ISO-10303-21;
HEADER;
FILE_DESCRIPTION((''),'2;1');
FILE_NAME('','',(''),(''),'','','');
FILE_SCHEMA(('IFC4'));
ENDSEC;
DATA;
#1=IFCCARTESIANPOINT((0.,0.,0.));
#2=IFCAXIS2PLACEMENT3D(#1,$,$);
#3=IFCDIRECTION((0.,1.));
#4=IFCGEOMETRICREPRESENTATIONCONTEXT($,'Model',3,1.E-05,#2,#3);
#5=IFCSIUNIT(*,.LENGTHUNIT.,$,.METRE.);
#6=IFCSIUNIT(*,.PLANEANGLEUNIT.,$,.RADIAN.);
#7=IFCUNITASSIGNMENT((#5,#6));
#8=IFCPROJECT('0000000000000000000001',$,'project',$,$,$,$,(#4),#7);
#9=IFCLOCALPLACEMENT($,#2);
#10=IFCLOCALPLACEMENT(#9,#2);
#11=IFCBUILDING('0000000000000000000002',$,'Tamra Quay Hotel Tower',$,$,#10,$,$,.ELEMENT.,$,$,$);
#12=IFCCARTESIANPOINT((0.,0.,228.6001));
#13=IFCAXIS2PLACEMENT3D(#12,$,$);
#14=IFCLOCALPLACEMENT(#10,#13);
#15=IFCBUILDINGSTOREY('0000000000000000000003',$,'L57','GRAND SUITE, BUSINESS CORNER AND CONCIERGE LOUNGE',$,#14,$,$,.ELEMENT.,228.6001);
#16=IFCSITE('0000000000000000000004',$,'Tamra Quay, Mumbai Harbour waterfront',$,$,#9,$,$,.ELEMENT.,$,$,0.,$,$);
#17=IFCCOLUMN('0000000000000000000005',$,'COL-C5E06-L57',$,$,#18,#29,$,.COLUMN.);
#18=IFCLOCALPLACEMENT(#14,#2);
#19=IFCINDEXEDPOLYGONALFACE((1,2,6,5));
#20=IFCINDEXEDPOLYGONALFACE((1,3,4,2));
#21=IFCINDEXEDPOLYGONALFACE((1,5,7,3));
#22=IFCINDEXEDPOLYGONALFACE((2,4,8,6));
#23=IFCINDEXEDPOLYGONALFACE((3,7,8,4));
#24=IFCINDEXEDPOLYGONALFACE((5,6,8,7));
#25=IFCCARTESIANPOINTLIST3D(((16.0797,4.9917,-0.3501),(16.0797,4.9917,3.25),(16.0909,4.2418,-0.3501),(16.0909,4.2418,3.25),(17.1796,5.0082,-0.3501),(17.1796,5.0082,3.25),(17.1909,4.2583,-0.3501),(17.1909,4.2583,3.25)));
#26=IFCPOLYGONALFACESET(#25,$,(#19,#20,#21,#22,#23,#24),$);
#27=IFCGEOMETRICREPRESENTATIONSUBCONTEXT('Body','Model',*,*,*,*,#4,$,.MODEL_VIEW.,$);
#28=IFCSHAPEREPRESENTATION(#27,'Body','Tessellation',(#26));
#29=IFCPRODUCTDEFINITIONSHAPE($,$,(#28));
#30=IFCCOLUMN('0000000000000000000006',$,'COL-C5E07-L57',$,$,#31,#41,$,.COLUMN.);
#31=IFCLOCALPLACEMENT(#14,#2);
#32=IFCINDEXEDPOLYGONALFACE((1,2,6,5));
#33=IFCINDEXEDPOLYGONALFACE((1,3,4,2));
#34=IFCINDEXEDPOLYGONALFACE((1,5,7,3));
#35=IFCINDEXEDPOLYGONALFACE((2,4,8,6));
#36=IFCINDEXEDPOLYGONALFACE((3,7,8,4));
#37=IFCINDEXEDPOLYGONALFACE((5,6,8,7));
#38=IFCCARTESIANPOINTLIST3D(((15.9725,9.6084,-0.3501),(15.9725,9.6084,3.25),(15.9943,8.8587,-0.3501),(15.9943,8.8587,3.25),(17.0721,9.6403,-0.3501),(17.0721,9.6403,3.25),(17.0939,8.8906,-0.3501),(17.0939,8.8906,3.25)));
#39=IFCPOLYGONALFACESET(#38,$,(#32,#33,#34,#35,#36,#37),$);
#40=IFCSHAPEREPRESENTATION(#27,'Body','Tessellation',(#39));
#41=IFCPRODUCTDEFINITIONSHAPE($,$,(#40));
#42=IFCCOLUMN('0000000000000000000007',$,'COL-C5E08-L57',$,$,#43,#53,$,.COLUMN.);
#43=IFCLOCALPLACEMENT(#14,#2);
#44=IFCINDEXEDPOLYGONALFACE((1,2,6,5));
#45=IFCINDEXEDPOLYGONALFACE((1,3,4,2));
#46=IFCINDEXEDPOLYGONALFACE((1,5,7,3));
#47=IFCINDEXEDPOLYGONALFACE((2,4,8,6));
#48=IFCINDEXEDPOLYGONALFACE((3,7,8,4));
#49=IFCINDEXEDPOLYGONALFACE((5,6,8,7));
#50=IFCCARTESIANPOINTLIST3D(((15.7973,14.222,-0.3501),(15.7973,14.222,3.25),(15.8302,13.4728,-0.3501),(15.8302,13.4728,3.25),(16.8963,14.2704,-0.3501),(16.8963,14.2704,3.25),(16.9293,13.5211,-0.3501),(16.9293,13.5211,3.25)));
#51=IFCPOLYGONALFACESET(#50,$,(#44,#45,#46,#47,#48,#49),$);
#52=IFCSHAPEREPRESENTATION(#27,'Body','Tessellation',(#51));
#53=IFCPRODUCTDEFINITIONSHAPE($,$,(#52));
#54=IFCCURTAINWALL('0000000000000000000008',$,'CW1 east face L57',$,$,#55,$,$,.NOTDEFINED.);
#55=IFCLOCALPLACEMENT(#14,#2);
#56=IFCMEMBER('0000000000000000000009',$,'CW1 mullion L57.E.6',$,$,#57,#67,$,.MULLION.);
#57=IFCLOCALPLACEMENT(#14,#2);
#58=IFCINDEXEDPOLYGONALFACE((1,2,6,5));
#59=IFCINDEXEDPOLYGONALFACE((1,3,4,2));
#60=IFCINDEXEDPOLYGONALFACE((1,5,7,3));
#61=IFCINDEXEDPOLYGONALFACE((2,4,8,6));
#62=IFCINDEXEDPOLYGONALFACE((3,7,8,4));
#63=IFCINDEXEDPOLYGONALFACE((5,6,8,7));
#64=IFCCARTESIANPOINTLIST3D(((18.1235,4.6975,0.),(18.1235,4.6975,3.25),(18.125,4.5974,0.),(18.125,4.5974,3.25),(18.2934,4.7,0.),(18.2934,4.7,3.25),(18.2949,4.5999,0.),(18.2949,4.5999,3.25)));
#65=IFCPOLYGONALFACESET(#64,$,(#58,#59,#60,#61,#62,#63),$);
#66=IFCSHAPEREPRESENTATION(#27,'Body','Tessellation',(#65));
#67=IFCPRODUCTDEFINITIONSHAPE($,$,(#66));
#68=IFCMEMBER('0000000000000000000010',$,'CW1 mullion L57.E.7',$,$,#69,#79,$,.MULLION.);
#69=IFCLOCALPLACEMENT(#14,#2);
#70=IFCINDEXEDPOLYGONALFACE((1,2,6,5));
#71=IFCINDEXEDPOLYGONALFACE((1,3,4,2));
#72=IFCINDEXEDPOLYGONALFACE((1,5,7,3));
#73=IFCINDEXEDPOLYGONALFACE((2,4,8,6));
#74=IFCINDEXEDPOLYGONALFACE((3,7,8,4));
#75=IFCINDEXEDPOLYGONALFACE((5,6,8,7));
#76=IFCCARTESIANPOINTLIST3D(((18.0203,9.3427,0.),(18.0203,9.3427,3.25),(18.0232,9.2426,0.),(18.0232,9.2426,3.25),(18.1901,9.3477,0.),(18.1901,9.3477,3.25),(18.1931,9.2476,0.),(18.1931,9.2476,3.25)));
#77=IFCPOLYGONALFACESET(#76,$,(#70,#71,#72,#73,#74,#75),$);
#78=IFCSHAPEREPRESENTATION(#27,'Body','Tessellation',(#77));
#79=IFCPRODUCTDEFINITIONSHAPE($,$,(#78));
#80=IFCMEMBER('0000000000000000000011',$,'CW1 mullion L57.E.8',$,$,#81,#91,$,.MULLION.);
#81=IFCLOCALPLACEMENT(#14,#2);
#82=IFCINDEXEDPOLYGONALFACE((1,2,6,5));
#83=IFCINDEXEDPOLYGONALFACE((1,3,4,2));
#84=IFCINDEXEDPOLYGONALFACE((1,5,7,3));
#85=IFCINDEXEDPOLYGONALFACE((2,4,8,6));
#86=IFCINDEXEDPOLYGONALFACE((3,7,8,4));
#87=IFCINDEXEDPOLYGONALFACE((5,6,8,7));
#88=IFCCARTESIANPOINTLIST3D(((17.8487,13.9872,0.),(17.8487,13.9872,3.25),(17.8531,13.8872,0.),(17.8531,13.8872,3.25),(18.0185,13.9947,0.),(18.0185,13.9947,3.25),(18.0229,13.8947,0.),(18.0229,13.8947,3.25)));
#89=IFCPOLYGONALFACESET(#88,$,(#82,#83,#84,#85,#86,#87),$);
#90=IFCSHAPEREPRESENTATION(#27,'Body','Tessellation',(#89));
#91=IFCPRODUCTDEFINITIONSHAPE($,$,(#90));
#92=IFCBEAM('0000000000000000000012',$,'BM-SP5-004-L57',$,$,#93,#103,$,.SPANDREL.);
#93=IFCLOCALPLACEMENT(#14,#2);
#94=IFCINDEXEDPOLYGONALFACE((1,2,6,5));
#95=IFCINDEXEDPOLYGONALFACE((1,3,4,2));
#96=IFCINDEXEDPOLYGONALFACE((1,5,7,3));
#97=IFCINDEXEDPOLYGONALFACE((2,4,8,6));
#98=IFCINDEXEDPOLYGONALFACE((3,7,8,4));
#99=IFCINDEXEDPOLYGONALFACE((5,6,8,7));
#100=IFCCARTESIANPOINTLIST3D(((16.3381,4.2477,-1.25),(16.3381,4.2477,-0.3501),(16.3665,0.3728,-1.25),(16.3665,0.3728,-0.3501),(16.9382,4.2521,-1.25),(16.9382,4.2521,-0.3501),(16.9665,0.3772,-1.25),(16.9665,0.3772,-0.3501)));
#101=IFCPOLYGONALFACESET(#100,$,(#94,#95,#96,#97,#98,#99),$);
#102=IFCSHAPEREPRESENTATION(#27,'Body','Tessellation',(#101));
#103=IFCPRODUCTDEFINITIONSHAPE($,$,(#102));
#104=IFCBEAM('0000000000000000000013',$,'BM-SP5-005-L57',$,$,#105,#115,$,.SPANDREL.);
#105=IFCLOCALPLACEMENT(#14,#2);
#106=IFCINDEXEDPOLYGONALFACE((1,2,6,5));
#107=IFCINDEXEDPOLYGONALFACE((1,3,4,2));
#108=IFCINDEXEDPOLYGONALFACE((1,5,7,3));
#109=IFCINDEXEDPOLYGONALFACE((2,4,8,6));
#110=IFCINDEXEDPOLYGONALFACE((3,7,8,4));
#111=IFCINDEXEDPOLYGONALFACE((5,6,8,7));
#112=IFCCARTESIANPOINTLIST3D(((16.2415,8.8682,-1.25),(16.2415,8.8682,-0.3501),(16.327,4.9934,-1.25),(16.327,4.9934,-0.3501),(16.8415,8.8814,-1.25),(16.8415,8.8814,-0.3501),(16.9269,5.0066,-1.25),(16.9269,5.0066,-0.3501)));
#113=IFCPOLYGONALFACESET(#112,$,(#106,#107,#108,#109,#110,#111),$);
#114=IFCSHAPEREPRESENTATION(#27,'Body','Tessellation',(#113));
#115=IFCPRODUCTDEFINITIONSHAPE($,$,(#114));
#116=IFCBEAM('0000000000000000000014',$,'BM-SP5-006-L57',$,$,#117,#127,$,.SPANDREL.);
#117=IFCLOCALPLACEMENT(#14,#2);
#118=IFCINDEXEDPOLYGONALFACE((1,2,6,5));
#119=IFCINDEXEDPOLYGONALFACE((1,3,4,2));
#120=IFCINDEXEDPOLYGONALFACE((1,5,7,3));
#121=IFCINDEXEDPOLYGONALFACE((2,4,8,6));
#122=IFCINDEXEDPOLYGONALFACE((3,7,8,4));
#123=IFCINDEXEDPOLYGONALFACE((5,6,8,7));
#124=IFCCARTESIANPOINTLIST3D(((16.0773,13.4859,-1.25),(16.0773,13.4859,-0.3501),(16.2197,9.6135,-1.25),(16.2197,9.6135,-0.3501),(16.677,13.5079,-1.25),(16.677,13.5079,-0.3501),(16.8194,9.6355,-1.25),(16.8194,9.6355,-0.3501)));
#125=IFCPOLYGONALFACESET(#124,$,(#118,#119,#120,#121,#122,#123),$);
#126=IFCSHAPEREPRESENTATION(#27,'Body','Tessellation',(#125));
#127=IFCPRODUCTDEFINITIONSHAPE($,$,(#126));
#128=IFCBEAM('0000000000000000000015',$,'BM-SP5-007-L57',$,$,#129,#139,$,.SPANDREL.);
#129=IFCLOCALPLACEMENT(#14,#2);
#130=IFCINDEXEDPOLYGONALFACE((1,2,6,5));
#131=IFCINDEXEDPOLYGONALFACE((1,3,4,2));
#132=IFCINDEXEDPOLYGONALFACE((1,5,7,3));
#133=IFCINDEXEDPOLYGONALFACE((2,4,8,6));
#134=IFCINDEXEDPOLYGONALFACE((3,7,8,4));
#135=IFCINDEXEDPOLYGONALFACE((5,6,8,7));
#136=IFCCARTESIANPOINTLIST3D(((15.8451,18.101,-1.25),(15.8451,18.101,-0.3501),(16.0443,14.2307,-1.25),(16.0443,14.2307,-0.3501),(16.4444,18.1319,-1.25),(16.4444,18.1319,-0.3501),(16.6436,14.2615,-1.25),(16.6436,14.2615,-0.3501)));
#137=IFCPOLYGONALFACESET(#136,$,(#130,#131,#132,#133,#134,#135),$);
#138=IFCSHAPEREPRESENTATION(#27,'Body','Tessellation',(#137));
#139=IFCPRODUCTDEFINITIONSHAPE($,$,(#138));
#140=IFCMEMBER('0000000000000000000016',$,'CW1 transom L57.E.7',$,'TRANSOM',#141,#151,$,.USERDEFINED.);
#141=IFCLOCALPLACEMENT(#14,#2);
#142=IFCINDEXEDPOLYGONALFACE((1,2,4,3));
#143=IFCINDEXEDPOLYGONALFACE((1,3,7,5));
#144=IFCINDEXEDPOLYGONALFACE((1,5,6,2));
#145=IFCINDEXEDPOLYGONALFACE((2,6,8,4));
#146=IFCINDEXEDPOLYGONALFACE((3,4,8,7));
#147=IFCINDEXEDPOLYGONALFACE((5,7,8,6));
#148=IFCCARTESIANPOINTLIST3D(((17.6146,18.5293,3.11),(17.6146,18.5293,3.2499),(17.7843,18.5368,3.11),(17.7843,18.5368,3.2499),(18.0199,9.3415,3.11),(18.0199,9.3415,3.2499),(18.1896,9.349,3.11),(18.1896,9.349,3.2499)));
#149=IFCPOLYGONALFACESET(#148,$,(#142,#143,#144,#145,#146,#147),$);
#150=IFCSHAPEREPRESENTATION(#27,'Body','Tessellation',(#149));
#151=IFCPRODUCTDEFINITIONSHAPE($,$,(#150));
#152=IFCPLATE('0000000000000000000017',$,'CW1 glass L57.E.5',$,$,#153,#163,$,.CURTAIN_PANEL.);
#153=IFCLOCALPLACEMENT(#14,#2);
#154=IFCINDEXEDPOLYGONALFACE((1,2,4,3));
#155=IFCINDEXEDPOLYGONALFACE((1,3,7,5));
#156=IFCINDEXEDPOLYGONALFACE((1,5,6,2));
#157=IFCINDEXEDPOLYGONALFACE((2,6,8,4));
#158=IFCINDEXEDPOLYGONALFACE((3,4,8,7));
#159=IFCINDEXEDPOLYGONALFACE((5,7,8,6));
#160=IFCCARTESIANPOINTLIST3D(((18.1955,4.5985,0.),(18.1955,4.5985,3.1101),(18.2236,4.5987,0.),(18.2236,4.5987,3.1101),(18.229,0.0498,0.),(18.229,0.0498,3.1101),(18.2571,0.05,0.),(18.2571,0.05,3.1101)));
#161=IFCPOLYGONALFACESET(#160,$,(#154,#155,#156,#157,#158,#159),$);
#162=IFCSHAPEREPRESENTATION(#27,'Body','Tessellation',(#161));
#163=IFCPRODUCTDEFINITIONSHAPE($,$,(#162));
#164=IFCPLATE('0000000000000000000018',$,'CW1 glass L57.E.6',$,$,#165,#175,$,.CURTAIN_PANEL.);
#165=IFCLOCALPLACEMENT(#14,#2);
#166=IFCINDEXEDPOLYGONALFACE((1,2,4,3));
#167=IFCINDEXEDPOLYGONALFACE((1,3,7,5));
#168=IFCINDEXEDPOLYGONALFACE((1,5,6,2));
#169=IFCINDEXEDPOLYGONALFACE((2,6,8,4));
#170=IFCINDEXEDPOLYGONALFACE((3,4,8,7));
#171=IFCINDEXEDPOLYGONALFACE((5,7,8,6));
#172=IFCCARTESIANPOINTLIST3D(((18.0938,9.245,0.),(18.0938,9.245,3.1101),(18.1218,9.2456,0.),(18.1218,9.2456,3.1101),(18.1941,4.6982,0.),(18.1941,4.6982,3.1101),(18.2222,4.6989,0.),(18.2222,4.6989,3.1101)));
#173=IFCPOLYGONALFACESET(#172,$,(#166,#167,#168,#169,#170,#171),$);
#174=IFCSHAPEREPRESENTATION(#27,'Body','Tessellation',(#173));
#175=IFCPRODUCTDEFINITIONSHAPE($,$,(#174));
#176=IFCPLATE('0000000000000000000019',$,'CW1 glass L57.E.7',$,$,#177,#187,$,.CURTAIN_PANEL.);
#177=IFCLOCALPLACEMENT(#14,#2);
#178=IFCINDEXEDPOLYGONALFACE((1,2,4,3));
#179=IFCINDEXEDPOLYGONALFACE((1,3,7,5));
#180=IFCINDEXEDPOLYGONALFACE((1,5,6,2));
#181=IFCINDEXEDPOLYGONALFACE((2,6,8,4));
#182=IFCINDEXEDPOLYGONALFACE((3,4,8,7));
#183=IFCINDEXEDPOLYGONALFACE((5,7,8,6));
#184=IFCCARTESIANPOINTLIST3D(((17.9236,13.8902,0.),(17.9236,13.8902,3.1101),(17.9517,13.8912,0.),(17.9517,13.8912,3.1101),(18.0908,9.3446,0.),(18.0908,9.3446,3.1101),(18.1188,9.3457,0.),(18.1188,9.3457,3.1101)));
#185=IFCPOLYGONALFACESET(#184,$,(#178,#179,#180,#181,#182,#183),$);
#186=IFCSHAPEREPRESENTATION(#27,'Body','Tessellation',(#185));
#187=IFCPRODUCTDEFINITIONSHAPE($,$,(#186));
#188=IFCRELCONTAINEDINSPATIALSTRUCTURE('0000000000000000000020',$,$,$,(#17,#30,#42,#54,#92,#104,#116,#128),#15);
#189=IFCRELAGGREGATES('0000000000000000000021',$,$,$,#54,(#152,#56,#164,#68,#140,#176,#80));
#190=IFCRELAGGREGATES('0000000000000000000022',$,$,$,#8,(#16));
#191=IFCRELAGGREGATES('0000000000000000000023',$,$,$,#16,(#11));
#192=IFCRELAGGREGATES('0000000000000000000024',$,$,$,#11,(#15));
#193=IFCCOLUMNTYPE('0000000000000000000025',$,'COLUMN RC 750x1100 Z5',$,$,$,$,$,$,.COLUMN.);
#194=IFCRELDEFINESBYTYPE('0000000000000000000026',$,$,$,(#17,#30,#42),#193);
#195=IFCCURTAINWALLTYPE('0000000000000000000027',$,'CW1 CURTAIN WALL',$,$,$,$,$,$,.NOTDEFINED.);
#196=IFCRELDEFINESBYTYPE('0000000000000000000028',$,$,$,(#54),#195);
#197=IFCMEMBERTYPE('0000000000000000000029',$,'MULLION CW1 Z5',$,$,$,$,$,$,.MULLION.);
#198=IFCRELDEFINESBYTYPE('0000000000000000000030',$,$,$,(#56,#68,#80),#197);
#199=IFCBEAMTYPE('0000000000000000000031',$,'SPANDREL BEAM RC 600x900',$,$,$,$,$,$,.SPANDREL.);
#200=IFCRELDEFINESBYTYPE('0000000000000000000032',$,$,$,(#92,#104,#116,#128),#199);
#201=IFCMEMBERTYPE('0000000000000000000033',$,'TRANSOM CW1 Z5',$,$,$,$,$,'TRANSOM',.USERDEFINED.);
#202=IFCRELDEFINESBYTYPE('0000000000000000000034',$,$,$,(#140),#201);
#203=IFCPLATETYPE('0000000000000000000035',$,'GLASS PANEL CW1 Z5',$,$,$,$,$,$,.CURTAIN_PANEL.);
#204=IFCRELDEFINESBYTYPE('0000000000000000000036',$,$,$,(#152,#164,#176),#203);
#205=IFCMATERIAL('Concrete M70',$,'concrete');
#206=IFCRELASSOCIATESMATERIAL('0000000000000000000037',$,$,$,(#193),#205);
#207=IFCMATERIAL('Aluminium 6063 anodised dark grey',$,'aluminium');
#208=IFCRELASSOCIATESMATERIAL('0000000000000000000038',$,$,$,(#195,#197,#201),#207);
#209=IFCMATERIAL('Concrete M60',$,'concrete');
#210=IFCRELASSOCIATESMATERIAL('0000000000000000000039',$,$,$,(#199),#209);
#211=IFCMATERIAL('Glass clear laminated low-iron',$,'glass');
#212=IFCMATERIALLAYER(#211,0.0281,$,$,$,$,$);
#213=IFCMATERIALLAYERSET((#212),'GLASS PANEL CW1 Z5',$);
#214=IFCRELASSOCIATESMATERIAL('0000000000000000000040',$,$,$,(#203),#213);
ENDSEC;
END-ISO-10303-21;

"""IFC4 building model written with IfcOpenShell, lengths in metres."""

from ifc_helpers import new_model, si_unit, direction, frame, origin, origin_2d, place, context, subcontext, project, spatial, rectangle, extrude, material, layer, layer_set, material_profile, profile_set, type_object, element, aggregate, save


model = new_model("IFC4")

# Units and contexts
model_context = context("Model", 3, precision=1e-05, world=origin(), true_north=direction((0.0, 1.0)))
body_context = subcontext(model_context, "Body", "Model", "MODEL_VIEW")
ifc_project = project(units=[si_unit("LENGTHUNIT", "METRE"), si_unit("PLANEANGLEUNIT", "RADIAN")], contexts=[model_context])

# Site, building, storey
site_placement = place(None, origin())
site = spatial("IfcSite", under=ifc_project, at=site_placement, Name="Tamra Quay, Mumbai Harbour waterfront", CompositionType="ELEMENT", RefElevation=0.0)
building_placement = place(site_placement, origin())
building = spatial("IfcBuilding", under=site, at=building_placement, Name="Tamra Quay Hotel Tower", CompositionType="ELEMENT")
storey_placement = place(building_placement, frame((0.0, 0.0, 228.6001)))
storey = spatial("IfcBuildingStorey", under=building, at=storey_placement, Name="L57", Description="GRAND SUITE, BUSINESS CORNER AND CONCIERGE LOUNGE", CompositionType="ELEMENT", Elevation=228.6001)

# Columns
ifc_material_1 = material(Name="Concrete M70", Category="concrete")
ifc_material_profile_1 = material_profile(ifc_material_1, rectangle(XDim=1.1001, YDim=0.75, at=origin_2d()), Name="COLUMN RC 750x1100 Z5")
ifc_profile_set_1 = profile_set([ifc_material_profile_1], Name="Concrete M70")
column_type = type_object("IfcColumnType", Name="COLUMN RC 750x1100 Z5", PredefinedType="COLUMN", material=ifc_profile_set_1)
for number, where, z_axis, x_axis, name in (
    (1, (16.6353, 4.625, -0.3501), (0.0, 0.0, 1.0), (0.999888, 0.014959, 0.0), "COL-C5E06-L57"),
    (2, (16.5332, 9.2495, -0.3501), (0.0, 0.0, 1.0), (0.999579, 0.029028, 0.0), "COL-C5E07-L57"),
    (3, (16.3633, 13.8716, -0.3501), (0.0, 0.0, 1.0), (0.999033, 0.043958, 0.0), "COL-C5E08-L57"),
):
    element("IfcColumn", number, at=place(storey_placement, frame(where, z_axis=z_axis, x_axis=x_axis)), inside=storey, type_object=column_type, Name=name, PredefinedType="COLUMN", context=body_context, shape_type="SweptSolid", body=[
        extrude(rectangle(XDim=1.1001, YDim=0.75, at=origin_2d()), origin(), (0.0, 0.0, 1.0), 3.6001),
    ])

# Curtain wall, members
ifc_material_2 = material(Name="Aluminium 6063 anodised dark grey", Category="aluminium")
curtain_wall_type = type_object("IfcCurtainWallType", Name="CW1 CURTAIN WALL", PredefinedType="NOTDEFINED", material=ifc_material_2)
curtain_wall_placement = place(storey_placement, origin())
curtain_wall = element("IfcCurtainWall", 4, at=curtain_wall_placement, inside=storey, type_object=curtain_wall_type, Name="CW1 east face L57", PredefinedType="NOTDEFINED")
ifc_material_profile_2 = material_profile(ifc_material_2, rectangle(XDim=0.1699, YDim=0.1001, at=origin_2d()), Name="MULLION 100X170")
ifc_profile_set_2 = profile_set([ifc_material_profile_2], Name="Aluminium 6063 anodised dark grey")
member_type_1 = type_object("IfcMemberType", Name="MULLION CW1 Z5", PredefinedType="MULLION", material=ifc_profile_set_2)
member_1_placement = place(storey_placement, frame((18.2092, 4.6487, 0.0), z_axis=(0.0, 0.0, 1.0), x_axis=(0.999892, 0.014713, 0.0)))
member_1 = element("IfcMember", 5, at=member_1_placement, type_object=member_type_1, Name="CW1 mullion L57.E.6", PredefinedType="MULLION", context=body_context, shape_type="SweptSolid", body=[
    extrude(rectangle(XDim=0.1699, YDim=0.1001, at=origin_2d()), origin(), (0.0, 0.0, 1.0), 3.25),
])
member_2_placement = place(storey_placement, frame((18.1067, 9.2952, 0.0), z_axis=(0.0, 0.0, 1.0), x_axis=(0.999568, 0.029405, 0.0)))
member_2 = element("IfcMember", 6, at=member_2_placement, type_object=member_type_1, Name="CW1 mullion L57.E.7", PredefinedType="MULLION", context=body_context, shape_type="SweptSolid", body=[
    extrude(rectangle(XDim=0.1699, YDim=0.1001, at=origin_2d()), origin(), (0.0, 0.0, 1.0), 3.25),
])
member_3_placement = place(storey_placement, frame((17.9358, 13.9409, 0.0), z_axis=(0.0, 0.0, 1.0), x_axis=(0.999028, 0.044075, 0.0)))
member_3 = element("IfcMember", 7, at=member_3_placement, type_object=member_type_1, Name="CW1 mullion L57.E.8", PredefinedType="MULLION", context=body_context, shape_type="SweptSolid", body=[
    extrude(rectangle(XDim=0.1699, YDim=0.1001, at=origin_2d()), origin(), (0.0, 0.0, 1.0), 3.25),
])

# Beams
ifc_material_3 = material(Name="Concrete M60", Category="concrete")
ifc_material_profile_3 = material_profile(ifc_material_3, rectangle(XDim=0.6001, YDim=0.8999, at=origin_2d()), Name="SPANDREL BEAM RC 600x900")
ifc_profile_set_3 = profile_set([ifc_material_profile_3], Name="Concrete M60")
beam_type = type_object("IfcBeamType", Name="SPANDREL BEAM RC 600x900", PredefinedType="SPANDREL", material=ifc_profile_set_3)
beam_1_placement = place(storey_placement, frame((16.6665, 0.375, -0.8), z_axis=(-0.007308, 0.999973, 0.0), x_axis=(-0.999973, -0.007308, 0.0)))
element("IfcBeam", 8, at=beam_1_placement, inside=storey, type_object=beam_type, Name="BM-SP5-004-L57", PredefinedType="SPANDREL", context=body_context, shape_type="SweptSolid", body=[
    extrude(rectangle(XDim=0.6001, YDim=0.8999, at=origin_2d()), origin(), (0.0, 0.0, 1.0), 3.875),
])
beam_2_placement = place(storey_placement, frame((16.627, 5.0, -0.8), z_axis=(-0.022047, 0.999757, 0.0), x_axis=(-0.999757, -0.022047, 0.0)))
element("IfcBeam", 9, at=beam_2_placement, inside=storey, type_object=beam_type, Name="BM-SP5-005-L57", PredefinedType="SPANDREL", context=body_context, shape_type="SweptSolid", body=[
    extrude(rectangle(XDim=0.6001, YDim=0.8999, at=origin_2d()), origin(), (0.0, 0.0, 1.0), 3.8757),
])
beam_3_placement = place(storey_placement, frame((16.5195, 9.6245, -0.8), z_axis=(-0.036732, 0.999325, 0.0), x_axis=(-0.999325, -0.036732, 0.0)))
element("IfcBeam", 10, at=beam_3_placement, inside=storey, type_object=beam_type, Name="BM-SP5-006-L57", PredefinedType="SPANDREL", context=body_context, shape_type="SweptSolid", body=[
    extrude(rectangle(XDim=0.6001, YDim=0.8999, at=origin_2d()), origin(), (0.0, 0.0, 1.0), 3.875),
])
beam_4_placement = place(storey_placement, frame((16.344, 14.2461, -0.8), z_axis=(-0.051405, 0.998678, 0.0), x_axis=(-0.998678, -0.051405, 0.0)))
element("IfcBeam", 11, at=beam_4_placement, inside=storey, type_object=beam_type, Name="BM-SP5-007-L57", PredefinedType="SPANDREL", context=body_context, shape_type="SweptSolid", body=[
    extrude(rectangle(XDim=0.6001, YDim=0.8999, at=origin_2d()), origin(), (0.0, 0.0, 1.0), 3.8755),
])

# Member
ifc_material_profile_4 = material_profile(ifc_material_2, rectangle(XDim=0.1699, YDim=0.1399, at=origin_2d()), Name="TRANSOM 170X140")
ifc_profile_set_4 = profile_set([ifc_material_profile_4], Name="Aluminium 6063 anodised dark grey")
member_type_2 = type_object("IfcMemberType", Name="TRANSOM CW1 Z5", ElementType="TRANSOM", PredefinedType="USERDEFINED", material=ifc_profile_set_4)
member_4_placement = place(storey_placement, frame((18.1047, 9.3452, 3.1799), z_axis=(-0.044067, 0.999029, 0.0), x_axis=(-0.999029, -0.044067, 0.0)))
member_4 = element("IfcMember", 12, at=member_4_placement, type_object=member_type_2, Name="CW1 transom L57.E.7", ObjectType="TRANSOM", PredefinedType="USERDEFINED", context=body_context, shape_type="SweptSolid", body=[
    extrude(rectangle(XDim=0.1699, YDim=0.1399, at=origin_2d()), origin(), (0.0, 0.0, 1.0), 9.1968),
])

# Plates
ifc_material_4 = material(Name="Glass clear laminated low-iron", Category="glass")
ifc_layer_1 = layer(ifc_material_4, 0.0281)
ifc_layer_set_1 = layer_set([ifc_layer_1], Name="GLASS PANEL CW1 Z5")
plate_type = type_object("IfcPlateType", Name="GLASS PANEL CW1 Z5", PredefinedType="CURTAIN_PANEL", material=ifc_layer_set_1)
plate_1_placement = place(storey_placement, frame((18.2263, 2.3242, 0.0), z_axis=(0.0, 0.0, 1.0), x_axis=(-0.007362, 0.999973, 0.0)))
plate_1 = element("IfcPlate", 13, at=plate_1_placement, type_object=plate_type, Name="CW1 glass L57.E.5", PredefinedType="CURTAIN_PANEL", context=body_context, shape_type="SweptSolid", body=[
    extrude(rectangle(XDim=4.5488, YDim=0.0281, at=origin_2d()), origin(), (0.0, 0.0, 1.0), 3.1101),
])
plate_2_placement = place(storey_placement, frame((18.158, 6.9719, 0.0), z_axis=(0.0, 0.0, 1.0), x_axis=(-0.022063, 0.999757, 0.0)))
plate_2 = element("IfcPlate", 14, at=plate_2_placement, type_object=plate_type, Name="CW1 glass L57.E.6", PredefinedType="CURTAIN_PANEL", context=body_context, shape_type="SweptSolid", body=[
    extrude(rectangle(XDim=4.5479, YDim=0.0281, at=origin_2d()), origin(), (0.0, 0.0, 1.0), 3.1101),
])
plate_3_placement = place(storey_placement, frame((18.0212, 11.6179, 0.0), z_axis=(0.0, 0.0, 1.0), x_axis=(-0.036745, 0.999325, 0.0)))
plate_3 = element("IfcPlate", 15, at=plate_3_placement, type_object=plate_type, Name="CW1 glass L57.E.7", PredefinedType="CURTAIN_PANEL", context=body_context, shape_type="SweptSolid", body=[
    extrude(rectangle(XDim=4.5486, YDim=0.0281, at=origin_2d()), origin(), (0.0, 0.0, 1.0), 3.1101),
])
aggregate(curtain_wall, [plate_1, member_1, plate_2, member_2, member_4, plate_3, member_3])

save(model, "model.ifc")
